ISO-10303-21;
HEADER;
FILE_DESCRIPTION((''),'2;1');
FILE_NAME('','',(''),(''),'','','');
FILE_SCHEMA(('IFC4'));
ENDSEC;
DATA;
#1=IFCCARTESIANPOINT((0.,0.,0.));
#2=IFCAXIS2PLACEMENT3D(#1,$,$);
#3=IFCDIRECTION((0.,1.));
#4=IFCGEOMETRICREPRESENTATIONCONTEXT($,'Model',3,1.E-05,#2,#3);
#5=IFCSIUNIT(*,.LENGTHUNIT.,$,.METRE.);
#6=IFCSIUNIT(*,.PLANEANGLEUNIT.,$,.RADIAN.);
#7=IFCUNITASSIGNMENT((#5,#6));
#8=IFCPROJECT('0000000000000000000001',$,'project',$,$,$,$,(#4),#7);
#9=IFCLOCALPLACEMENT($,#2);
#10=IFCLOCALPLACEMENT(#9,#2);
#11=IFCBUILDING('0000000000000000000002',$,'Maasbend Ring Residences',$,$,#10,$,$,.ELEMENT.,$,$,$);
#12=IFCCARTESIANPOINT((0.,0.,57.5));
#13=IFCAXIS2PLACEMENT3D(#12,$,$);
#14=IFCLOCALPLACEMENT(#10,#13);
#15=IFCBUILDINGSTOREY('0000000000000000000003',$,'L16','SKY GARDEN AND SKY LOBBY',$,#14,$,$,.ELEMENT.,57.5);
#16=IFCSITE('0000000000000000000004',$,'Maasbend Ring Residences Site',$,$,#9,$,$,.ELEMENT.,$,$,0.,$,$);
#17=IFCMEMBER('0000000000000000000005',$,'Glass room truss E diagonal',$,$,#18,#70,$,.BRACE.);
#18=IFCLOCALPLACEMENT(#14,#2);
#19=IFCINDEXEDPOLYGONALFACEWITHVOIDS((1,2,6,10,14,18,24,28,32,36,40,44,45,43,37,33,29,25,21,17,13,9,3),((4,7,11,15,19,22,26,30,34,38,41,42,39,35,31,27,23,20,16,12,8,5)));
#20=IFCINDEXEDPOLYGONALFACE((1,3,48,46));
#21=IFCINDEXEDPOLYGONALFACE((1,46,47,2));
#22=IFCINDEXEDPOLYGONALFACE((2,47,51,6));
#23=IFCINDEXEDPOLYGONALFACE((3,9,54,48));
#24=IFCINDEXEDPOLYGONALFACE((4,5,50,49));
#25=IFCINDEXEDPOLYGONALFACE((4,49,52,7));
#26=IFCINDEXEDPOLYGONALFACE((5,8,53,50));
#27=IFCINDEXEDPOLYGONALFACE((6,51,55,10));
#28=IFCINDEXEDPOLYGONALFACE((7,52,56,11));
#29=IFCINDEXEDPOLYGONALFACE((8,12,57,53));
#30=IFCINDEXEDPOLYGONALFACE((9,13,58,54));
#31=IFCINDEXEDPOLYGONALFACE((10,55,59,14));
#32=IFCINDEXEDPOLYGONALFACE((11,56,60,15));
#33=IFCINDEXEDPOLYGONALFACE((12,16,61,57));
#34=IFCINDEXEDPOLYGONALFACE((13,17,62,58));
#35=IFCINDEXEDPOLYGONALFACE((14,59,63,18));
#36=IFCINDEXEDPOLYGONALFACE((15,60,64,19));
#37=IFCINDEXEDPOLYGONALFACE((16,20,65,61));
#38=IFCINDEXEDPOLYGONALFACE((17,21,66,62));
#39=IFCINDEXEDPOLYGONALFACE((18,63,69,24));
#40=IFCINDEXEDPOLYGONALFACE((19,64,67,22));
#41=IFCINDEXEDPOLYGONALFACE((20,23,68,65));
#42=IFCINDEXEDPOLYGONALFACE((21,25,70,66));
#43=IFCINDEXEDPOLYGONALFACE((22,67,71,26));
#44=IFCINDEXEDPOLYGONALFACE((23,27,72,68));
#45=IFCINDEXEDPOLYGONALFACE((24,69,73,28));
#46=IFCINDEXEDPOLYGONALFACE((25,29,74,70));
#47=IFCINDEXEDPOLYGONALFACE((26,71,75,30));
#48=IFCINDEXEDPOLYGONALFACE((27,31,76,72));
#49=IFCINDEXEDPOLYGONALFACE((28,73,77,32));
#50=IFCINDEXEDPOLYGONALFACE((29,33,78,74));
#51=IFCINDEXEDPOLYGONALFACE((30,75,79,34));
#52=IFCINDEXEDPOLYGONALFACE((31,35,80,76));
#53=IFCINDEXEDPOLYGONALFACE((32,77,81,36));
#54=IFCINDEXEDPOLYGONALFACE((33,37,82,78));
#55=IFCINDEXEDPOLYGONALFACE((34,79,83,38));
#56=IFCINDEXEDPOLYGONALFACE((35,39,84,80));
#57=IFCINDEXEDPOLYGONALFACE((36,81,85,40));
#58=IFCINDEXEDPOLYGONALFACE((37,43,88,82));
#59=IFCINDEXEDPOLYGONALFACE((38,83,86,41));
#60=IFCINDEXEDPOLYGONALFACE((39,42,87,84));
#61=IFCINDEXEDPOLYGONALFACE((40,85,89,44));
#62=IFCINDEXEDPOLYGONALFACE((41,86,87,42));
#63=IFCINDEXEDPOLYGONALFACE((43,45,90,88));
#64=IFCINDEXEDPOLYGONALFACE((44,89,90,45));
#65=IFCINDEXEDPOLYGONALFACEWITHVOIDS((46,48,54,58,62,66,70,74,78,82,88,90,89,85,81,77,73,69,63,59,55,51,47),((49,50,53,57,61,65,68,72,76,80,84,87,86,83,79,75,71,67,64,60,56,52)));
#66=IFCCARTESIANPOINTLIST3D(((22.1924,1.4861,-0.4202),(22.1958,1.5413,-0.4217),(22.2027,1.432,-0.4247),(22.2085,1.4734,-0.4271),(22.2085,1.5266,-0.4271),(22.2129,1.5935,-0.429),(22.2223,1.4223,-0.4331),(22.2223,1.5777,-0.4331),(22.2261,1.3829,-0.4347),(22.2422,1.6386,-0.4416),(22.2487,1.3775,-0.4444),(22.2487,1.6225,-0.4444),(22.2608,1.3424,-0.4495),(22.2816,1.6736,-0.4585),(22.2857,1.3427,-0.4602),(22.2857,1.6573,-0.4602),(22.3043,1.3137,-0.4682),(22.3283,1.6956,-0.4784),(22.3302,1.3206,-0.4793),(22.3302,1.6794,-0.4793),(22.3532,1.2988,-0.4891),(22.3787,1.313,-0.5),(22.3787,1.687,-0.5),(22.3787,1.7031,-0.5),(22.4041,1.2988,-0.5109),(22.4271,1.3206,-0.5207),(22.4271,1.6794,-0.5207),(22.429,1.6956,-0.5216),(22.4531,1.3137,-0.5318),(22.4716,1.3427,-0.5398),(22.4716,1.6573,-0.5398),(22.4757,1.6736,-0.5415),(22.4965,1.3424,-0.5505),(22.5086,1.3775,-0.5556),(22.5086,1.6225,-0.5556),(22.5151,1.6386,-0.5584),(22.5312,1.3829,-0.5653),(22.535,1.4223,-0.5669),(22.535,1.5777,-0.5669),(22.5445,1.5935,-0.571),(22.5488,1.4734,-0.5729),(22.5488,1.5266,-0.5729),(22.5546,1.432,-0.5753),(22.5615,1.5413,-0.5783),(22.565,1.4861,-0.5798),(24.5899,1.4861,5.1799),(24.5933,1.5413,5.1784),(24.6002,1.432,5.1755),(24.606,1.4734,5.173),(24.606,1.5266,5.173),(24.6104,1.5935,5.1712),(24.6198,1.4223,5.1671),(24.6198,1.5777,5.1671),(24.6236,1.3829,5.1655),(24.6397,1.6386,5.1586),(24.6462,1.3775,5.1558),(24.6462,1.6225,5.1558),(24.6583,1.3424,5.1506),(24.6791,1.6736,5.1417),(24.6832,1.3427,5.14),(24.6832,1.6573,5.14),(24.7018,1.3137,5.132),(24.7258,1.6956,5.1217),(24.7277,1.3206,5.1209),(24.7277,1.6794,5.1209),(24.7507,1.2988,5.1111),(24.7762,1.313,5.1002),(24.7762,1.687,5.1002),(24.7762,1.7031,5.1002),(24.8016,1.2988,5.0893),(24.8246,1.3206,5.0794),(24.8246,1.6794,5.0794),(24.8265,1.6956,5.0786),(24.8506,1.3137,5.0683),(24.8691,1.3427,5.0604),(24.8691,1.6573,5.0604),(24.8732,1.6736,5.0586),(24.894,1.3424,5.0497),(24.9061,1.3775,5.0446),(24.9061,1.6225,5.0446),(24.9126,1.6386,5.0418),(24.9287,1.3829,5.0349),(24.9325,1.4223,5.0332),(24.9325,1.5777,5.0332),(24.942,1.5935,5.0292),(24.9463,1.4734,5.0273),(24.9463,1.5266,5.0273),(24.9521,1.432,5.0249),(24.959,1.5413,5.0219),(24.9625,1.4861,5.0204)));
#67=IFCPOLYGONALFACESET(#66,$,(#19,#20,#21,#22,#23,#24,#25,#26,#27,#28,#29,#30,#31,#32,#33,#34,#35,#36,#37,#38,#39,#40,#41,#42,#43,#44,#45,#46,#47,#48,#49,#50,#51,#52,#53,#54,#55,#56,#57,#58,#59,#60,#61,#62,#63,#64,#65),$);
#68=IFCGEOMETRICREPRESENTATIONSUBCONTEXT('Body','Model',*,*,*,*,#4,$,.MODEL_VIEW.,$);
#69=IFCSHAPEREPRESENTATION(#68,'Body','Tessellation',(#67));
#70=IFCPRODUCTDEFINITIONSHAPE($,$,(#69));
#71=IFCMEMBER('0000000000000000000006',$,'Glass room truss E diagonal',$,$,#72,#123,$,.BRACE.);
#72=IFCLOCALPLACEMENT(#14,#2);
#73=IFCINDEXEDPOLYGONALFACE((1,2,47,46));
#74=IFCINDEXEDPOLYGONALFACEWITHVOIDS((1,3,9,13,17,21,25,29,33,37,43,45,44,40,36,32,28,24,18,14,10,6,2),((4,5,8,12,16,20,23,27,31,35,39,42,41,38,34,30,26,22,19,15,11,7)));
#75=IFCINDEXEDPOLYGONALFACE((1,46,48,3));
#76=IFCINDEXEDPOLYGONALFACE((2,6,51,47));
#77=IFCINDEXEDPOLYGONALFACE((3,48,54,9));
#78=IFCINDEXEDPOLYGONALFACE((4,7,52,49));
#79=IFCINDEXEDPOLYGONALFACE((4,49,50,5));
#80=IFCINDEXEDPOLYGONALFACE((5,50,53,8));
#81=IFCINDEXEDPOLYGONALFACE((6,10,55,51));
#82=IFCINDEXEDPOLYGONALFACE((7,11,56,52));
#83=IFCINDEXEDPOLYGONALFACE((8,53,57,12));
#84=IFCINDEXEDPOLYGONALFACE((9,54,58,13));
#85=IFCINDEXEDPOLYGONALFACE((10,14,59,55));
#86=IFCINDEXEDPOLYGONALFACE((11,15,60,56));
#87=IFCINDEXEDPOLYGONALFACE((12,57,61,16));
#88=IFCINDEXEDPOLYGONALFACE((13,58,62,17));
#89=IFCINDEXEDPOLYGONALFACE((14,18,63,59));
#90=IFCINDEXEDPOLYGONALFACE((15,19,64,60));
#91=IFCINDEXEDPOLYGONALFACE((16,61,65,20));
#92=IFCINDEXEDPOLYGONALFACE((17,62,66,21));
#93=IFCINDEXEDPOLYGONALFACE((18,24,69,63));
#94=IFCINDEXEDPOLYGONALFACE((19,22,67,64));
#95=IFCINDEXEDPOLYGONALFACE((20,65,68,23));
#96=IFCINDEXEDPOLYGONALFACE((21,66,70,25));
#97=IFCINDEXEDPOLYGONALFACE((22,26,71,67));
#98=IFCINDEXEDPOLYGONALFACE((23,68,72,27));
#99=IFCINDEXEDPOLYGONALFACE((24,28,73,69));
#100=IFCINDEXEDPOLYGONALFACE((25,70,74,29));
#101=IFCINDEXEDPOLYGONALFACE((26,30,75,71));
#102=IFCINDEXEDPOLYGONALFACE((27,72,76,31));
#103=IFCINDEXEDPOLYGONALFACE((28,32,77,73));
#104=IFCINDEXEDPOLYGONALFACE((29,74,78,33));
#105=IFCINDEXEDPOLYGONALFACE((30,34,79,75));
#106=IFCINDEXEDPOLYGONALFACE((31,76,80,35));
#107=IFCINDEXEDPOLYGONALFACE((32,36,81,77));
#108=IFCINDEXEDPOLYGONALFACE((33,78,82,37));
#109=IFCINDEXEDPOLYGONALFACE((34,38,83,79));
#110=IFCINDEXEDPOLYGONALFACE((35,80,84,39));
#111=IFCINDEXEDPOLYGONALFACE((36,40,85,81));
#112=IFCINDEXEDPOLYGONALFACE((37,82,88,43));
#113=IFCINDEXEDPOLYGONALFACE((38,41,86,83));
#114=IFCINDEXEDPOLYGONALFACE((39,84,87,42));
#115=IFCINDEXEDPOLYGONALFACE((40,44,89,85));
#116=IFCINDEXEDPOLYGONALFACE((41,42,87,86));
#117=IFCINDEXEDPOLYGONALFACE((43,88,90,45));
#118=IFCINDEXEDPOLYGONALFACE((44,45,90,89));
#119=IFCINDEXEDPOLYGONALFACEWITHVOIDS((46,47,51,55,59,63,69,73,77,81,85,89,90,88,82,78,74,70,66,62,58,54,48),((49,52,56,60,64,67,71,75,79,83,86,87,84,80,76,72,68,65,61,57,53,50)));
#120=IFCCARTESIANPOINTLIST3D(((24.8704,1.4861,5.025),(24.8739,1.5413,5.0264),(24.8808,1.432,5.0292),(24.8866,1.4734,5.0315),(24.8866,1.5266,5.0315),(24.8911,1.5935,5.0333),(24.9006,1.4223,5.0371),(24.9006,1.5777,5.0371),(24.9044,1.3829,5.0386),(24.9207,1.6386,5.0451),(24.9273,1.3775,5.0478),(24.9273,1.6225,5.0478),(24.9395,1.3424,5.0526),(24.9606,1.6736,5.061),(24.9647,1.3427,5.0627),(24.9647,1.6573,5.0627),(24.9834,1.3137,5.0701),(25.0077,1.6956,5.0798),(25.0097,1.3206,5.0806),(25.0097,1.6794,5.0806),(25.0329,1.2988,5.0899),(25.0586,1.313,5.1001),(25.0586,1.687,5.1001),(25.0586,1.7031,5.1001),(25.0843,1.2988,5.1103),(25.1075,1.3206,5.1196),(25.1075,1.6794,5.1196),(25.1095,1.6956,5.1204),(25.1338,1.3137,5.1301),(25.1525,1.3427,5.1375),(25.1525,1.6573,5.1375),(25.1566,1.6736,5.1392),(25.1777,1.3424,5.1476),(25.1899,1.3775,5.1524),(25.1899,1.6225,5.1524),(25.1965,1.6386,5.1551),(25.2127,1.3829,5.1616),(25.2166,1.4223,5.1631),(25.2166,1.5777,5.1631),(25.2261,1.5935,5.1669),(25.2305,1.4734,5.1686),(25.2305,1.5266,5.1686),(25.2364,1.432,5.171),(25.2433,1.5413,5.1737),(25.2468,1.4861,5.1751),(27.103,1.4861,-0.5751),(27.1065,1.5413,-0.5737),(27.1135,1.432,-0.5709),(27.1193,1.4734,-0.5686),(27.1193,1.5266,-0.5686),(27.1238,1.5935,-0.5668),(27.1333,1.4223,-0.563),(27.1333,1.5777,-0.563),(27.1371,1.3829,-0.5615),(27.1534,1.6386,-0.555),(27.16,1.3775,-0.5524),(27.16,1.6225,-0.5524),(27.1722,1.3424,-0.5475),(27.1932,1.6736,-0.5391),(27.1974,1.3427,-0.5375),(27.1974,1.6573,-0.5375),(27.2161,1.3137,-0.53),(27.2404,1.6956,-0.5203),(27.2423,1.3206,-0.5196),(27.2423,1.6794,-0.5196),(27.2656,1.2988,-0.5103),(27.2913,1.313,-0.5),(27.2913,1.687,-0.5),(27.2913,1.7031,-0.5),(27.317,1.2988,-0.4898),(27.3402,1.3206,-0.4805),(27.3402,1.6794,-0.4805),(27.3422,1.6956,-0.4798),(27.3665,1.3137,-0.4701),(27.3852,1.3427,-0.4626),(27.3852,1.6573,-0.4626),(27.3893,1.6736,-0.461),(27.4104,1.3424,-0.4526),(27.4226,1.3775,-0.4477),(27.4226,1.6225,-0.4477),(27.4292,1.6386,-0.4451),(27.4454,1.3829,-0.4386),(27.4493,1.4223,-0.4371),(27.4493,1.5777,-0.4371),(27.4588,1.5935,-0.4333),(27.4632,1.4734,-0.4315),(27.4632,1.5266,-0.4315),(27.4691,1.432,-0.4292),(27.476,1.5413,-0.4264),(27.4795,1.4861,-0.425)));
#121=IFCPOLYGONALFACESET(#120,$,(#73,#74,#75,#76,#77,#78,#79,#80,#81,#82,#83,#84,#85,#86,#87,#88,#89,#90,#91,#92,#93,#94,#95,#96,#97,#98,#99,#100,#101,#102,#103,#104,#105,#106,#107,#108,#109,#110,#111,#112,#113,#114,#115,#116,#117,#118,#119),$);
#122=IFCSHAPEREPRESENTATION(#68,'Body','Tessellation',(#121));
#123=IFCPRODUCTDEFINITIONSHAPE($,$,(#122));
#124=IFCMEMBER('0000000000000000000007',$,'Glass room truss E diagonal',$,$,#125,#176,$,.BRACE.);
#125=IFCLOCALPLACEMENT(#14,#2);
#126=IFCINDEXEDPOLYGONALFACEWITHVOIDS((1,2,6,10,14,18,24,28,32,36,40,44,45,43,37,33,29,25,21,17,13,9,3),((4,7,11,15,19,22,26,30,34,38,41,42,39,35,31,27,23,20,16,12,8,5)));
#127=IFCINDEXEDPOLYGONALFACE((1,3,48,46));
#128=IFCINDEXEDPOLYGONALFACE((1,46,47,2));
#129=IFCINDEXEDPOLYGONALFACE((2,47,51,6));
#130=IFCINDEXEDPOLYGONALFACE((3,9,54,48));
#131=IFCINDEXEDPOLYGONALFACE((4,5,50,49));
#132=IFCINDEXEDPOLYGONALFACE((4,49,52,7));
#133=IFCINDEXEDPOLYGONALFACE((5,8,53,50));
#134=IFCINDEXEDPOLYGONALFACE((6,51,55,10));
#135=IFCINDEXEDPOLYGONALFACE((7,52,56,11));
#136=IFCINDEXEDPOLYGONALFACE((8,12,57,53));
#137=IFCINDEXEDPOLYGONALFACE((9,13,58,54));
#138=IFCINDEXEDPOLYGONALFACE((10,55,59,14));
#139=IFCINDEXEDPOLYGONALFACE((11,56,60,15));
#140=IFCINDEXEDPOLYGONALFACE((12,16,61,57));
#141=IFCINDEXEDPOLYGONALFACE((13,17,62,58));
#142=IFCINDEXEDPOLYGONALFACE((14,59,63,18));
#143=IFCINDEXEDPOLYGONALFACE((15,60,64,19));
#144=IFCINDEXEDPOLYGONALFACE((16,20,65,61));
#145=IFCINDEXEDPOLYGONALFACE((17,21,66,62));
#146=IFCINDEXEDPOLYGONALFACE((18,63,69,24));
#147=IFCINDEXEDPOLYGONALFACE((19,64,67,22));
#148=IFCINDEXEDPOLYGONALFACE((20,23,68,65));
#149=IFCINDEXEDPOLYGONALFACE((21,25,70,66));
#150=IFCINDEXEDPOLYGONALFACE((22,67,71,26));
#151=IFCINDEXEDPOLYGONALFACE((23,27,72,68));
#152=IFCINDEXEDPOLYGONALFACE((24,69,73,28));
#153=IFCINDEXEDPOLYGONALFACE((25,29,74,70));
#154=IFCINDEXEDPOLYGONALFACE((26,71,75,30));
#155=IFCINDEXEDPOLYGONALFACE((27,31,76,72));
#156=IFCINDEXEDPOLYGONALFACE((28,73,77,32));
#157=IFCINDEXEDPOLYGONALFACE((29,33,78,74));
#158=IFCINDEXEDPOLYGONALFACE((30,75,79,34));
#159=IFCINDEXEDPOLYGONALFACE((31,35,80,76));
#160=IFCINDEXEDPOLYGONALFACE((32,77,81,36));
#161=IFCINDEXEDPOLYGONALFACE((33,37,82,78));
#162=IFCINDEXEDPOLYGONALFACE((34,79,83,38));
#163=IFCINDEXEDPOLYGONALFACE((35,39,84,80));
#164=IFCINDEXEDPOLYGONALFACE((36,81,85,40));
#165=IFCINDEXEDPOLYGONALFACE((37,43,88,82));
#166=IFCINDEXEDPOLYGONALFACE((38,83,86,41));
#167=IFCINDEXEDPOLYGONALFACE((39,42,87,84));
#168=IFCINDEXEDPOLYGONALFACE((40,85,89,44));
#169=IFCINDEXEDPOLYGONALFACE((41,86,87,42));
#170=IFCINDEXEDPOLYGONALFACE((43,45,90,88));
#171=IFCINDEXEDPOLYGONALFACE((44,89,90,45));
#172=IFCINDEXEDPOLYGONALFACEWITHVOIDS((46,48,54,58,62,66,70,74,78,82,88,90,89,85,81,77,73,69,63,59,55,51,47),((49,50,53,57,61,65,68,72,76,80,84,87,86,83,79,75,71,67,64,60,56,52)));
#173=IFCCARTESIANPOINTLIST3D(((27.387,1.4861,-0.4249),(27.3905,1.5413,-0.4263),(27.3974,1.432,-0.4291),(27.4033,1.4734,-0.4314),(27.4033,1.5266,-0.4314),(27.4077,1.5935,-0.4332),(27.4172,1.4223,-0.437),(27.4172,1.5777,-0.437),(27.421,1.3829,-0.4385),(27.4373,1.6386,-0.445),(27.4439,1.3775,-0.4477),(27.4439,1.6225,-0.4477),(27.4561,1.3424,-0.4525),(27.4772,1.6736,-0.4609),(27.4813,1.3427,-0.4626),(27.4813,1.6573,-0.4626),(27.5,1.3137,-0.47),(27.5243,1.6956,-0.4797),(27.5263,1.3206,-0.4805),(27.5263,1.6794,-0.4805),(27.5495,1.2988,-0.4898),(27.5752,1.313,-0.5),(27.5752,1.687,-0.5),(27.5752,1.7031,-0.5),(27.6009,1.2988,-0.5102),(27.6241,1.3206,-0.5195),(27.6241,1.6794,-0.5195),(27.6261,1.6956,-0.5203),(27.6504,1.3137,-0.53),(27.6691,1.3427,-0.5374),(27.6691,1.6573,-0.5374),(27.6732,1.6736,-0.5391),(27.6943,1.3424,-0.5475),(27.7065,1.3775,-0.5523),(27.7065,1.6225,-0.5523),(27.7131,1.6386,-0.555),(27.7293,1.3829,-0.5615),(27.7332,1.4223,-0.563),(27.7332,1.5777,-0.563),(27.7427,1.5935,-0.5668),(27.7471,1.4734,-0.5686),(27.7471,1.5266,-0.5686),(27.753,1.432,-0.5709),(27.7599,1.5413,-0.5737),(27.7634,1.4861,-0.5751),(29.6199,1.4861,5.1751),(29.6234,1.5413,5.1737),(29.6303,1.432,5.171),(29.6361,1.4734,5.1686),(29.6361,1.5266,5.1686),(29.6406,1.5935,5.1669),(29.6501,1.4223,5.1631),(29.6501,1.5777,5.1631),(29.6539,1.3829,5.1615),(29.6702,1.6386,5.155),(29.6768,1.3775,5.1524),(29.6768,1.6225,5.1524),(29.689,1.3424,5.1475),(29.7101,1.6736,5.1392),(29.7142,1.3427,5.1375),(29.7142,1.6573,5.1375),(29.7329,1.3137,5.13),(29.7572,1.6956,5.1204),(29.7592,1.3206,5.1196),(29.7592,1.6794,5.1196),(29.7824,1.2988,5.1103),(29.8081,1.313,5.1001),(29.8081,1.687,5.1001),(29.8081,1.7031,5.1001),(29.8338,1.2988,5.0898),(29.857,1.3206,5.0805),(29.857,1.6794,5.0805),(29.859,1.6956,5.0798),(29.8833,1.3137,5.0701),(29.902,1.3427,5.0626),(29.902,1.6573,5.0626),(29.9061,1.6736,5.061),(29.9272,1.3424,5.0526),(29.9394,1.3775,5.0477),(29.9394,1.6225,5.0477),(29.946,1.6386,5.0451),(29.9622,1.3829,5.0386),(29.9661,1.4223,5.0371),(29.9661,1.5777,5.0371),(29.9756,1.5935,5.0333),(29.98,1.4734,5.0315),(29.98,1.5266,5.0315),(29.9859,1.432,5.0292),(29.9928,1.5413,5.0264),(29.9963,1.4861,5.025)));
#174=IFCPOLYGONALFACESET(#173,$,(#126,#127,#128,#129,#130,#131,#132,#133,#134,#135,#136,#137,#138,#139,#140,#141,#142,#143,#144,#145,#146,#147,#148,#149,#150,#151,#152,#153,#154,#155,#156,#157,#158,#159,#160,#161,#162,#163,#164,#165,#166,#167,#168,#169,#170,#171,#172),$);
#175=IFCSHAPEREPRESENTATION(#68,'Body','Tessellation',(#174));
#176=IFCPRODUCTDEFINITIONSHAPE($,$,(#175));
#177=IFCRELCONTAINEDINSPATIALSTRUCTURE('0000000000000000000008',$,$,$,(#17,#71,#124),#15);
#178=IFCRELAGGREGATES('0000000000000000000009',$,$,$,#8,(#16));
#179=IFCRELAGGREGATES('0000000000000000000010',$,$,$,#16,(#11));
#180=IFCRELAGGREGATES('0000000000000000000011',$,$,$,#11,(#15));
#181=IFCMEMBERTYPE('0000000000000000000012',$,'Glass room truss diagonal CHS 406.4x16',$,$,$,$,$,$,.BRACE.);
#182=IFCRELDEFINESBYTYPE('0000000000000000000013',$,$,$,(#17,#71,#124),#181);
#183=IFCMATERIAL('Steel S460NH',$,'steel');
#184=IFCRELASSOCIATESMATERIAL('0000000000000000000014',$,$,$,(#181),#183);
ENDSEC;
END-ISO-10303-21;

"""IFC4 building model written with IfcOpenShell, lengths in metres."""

from ifc_helpers import new_model, si_unit, direction, frame, origin, origin_2d, place, context, subcontext, project, spatial, hollow_circle, extrude, material, material_profile, profile_set, type_object, element, save


model = new_model("IFC4")

# Units and contexts
model_context = context("Model", 3, precision=1e-05, world=origin(), true_north=direction((0.0, 1.0)))
body_context = subcontext(model_context, "Body", "Model", "MODEL_VIEW")
ifc_project = project(units=[si_unit("LENGTHUNIT", "METRE"), si_unit("PLANEANGLEUNIT", "RADIAN")], contexts=[model_context])

# Site, building, storey
site_placement = place(None, origin())
site = spatial("IfcSite", under=ifc_project, at=site_placement, Name="Maasbend Ring Residences Site", CompositionType="ELEMENT", RefElevation=0.0)
building_placement = place(site_placement, origin())
building = spatial("IfcBuilding", under=site, at=building_placement, Name="Maasbend Ring Residences", CompositionType="ELEMENT")
storey_placement = place(building_placement, frame((0.0, 0.0, 57.5)))
storey = spatial("IfcBuildingStorey", under=building, at=storey_placement, Name="L16", Description="SKY GARDEN AND SKY LOBBY", CompositionType="ELEMENT", Elevation=57.5)

# Members
ifc_material_1 = material(Name="Steel S460NH", Category="steel")
ifc_material_profile_1 = material_profile(ifc_material_1, hollow_circle(Radius=0.2031, WallThickness=0.0161, at=origin_2d()), Name="Glass room truss diagonal CHS 406.4x16")
ifc_profile_set_1 = profile_set([ifc_material_profile_1], Name="Steel S460NH")
member_type_1 = type_object("IfcMemberType", Name="Glass room truss diagonal CHS 406.4x16", PredefinedType="BRACE", material=ifc_profile_set_1)
member_1_placement = place(storey_placement, frame((22.3787, 1.5, -0.5), z_axis=(0.393561, 0.0, 0.919298), x_axis=(0.0, 1.0, 0.0)))
element("IfcMember", 1, at=member_1_placement, inside=storey, type_object=member_type_1, Name="Glass room truss E diagonal", PredefinedType="BRACE", context=body_context, shape_type="SweptSolid", body=[
    extrude(hollow_circle(Radius=0.2031, WallThickness=0.0161, at=origin_2d()), origin(), (0.0, 0.0, 1.0), 6.0918),
])
for number, where, z_axis, x_axis, name in (
    (2, (25.0586, 1.5, 5.1001), (0.370336, 0.0, -0.928898), (0.0, 1.0, 0.0), "Glass room truss E diagonal"),
    (3, (27.5752, 1.5, -0.5), (0.370371, 0.0, 0.928884), (0.0, 1.0, 0.0), "Glass room truss E diagonal"),
):
    element("IfcMember", number, at=place(storey_placement, frame(where, z_axis=z_axis, x_axis=x_axis)), inside=storey, type_object=member_type_1, Name=name, PredefinedType="BRACE", context=body_context, shape_type="SweptSolid", body=[
        extrude(hollow_circle(Radius=0.2031, WallThickness=0.0161, at=origin_2d()), origin(), (0.0, 0.0, 1.0), 6.0288),
    ])

save(model, "model.ifc")
